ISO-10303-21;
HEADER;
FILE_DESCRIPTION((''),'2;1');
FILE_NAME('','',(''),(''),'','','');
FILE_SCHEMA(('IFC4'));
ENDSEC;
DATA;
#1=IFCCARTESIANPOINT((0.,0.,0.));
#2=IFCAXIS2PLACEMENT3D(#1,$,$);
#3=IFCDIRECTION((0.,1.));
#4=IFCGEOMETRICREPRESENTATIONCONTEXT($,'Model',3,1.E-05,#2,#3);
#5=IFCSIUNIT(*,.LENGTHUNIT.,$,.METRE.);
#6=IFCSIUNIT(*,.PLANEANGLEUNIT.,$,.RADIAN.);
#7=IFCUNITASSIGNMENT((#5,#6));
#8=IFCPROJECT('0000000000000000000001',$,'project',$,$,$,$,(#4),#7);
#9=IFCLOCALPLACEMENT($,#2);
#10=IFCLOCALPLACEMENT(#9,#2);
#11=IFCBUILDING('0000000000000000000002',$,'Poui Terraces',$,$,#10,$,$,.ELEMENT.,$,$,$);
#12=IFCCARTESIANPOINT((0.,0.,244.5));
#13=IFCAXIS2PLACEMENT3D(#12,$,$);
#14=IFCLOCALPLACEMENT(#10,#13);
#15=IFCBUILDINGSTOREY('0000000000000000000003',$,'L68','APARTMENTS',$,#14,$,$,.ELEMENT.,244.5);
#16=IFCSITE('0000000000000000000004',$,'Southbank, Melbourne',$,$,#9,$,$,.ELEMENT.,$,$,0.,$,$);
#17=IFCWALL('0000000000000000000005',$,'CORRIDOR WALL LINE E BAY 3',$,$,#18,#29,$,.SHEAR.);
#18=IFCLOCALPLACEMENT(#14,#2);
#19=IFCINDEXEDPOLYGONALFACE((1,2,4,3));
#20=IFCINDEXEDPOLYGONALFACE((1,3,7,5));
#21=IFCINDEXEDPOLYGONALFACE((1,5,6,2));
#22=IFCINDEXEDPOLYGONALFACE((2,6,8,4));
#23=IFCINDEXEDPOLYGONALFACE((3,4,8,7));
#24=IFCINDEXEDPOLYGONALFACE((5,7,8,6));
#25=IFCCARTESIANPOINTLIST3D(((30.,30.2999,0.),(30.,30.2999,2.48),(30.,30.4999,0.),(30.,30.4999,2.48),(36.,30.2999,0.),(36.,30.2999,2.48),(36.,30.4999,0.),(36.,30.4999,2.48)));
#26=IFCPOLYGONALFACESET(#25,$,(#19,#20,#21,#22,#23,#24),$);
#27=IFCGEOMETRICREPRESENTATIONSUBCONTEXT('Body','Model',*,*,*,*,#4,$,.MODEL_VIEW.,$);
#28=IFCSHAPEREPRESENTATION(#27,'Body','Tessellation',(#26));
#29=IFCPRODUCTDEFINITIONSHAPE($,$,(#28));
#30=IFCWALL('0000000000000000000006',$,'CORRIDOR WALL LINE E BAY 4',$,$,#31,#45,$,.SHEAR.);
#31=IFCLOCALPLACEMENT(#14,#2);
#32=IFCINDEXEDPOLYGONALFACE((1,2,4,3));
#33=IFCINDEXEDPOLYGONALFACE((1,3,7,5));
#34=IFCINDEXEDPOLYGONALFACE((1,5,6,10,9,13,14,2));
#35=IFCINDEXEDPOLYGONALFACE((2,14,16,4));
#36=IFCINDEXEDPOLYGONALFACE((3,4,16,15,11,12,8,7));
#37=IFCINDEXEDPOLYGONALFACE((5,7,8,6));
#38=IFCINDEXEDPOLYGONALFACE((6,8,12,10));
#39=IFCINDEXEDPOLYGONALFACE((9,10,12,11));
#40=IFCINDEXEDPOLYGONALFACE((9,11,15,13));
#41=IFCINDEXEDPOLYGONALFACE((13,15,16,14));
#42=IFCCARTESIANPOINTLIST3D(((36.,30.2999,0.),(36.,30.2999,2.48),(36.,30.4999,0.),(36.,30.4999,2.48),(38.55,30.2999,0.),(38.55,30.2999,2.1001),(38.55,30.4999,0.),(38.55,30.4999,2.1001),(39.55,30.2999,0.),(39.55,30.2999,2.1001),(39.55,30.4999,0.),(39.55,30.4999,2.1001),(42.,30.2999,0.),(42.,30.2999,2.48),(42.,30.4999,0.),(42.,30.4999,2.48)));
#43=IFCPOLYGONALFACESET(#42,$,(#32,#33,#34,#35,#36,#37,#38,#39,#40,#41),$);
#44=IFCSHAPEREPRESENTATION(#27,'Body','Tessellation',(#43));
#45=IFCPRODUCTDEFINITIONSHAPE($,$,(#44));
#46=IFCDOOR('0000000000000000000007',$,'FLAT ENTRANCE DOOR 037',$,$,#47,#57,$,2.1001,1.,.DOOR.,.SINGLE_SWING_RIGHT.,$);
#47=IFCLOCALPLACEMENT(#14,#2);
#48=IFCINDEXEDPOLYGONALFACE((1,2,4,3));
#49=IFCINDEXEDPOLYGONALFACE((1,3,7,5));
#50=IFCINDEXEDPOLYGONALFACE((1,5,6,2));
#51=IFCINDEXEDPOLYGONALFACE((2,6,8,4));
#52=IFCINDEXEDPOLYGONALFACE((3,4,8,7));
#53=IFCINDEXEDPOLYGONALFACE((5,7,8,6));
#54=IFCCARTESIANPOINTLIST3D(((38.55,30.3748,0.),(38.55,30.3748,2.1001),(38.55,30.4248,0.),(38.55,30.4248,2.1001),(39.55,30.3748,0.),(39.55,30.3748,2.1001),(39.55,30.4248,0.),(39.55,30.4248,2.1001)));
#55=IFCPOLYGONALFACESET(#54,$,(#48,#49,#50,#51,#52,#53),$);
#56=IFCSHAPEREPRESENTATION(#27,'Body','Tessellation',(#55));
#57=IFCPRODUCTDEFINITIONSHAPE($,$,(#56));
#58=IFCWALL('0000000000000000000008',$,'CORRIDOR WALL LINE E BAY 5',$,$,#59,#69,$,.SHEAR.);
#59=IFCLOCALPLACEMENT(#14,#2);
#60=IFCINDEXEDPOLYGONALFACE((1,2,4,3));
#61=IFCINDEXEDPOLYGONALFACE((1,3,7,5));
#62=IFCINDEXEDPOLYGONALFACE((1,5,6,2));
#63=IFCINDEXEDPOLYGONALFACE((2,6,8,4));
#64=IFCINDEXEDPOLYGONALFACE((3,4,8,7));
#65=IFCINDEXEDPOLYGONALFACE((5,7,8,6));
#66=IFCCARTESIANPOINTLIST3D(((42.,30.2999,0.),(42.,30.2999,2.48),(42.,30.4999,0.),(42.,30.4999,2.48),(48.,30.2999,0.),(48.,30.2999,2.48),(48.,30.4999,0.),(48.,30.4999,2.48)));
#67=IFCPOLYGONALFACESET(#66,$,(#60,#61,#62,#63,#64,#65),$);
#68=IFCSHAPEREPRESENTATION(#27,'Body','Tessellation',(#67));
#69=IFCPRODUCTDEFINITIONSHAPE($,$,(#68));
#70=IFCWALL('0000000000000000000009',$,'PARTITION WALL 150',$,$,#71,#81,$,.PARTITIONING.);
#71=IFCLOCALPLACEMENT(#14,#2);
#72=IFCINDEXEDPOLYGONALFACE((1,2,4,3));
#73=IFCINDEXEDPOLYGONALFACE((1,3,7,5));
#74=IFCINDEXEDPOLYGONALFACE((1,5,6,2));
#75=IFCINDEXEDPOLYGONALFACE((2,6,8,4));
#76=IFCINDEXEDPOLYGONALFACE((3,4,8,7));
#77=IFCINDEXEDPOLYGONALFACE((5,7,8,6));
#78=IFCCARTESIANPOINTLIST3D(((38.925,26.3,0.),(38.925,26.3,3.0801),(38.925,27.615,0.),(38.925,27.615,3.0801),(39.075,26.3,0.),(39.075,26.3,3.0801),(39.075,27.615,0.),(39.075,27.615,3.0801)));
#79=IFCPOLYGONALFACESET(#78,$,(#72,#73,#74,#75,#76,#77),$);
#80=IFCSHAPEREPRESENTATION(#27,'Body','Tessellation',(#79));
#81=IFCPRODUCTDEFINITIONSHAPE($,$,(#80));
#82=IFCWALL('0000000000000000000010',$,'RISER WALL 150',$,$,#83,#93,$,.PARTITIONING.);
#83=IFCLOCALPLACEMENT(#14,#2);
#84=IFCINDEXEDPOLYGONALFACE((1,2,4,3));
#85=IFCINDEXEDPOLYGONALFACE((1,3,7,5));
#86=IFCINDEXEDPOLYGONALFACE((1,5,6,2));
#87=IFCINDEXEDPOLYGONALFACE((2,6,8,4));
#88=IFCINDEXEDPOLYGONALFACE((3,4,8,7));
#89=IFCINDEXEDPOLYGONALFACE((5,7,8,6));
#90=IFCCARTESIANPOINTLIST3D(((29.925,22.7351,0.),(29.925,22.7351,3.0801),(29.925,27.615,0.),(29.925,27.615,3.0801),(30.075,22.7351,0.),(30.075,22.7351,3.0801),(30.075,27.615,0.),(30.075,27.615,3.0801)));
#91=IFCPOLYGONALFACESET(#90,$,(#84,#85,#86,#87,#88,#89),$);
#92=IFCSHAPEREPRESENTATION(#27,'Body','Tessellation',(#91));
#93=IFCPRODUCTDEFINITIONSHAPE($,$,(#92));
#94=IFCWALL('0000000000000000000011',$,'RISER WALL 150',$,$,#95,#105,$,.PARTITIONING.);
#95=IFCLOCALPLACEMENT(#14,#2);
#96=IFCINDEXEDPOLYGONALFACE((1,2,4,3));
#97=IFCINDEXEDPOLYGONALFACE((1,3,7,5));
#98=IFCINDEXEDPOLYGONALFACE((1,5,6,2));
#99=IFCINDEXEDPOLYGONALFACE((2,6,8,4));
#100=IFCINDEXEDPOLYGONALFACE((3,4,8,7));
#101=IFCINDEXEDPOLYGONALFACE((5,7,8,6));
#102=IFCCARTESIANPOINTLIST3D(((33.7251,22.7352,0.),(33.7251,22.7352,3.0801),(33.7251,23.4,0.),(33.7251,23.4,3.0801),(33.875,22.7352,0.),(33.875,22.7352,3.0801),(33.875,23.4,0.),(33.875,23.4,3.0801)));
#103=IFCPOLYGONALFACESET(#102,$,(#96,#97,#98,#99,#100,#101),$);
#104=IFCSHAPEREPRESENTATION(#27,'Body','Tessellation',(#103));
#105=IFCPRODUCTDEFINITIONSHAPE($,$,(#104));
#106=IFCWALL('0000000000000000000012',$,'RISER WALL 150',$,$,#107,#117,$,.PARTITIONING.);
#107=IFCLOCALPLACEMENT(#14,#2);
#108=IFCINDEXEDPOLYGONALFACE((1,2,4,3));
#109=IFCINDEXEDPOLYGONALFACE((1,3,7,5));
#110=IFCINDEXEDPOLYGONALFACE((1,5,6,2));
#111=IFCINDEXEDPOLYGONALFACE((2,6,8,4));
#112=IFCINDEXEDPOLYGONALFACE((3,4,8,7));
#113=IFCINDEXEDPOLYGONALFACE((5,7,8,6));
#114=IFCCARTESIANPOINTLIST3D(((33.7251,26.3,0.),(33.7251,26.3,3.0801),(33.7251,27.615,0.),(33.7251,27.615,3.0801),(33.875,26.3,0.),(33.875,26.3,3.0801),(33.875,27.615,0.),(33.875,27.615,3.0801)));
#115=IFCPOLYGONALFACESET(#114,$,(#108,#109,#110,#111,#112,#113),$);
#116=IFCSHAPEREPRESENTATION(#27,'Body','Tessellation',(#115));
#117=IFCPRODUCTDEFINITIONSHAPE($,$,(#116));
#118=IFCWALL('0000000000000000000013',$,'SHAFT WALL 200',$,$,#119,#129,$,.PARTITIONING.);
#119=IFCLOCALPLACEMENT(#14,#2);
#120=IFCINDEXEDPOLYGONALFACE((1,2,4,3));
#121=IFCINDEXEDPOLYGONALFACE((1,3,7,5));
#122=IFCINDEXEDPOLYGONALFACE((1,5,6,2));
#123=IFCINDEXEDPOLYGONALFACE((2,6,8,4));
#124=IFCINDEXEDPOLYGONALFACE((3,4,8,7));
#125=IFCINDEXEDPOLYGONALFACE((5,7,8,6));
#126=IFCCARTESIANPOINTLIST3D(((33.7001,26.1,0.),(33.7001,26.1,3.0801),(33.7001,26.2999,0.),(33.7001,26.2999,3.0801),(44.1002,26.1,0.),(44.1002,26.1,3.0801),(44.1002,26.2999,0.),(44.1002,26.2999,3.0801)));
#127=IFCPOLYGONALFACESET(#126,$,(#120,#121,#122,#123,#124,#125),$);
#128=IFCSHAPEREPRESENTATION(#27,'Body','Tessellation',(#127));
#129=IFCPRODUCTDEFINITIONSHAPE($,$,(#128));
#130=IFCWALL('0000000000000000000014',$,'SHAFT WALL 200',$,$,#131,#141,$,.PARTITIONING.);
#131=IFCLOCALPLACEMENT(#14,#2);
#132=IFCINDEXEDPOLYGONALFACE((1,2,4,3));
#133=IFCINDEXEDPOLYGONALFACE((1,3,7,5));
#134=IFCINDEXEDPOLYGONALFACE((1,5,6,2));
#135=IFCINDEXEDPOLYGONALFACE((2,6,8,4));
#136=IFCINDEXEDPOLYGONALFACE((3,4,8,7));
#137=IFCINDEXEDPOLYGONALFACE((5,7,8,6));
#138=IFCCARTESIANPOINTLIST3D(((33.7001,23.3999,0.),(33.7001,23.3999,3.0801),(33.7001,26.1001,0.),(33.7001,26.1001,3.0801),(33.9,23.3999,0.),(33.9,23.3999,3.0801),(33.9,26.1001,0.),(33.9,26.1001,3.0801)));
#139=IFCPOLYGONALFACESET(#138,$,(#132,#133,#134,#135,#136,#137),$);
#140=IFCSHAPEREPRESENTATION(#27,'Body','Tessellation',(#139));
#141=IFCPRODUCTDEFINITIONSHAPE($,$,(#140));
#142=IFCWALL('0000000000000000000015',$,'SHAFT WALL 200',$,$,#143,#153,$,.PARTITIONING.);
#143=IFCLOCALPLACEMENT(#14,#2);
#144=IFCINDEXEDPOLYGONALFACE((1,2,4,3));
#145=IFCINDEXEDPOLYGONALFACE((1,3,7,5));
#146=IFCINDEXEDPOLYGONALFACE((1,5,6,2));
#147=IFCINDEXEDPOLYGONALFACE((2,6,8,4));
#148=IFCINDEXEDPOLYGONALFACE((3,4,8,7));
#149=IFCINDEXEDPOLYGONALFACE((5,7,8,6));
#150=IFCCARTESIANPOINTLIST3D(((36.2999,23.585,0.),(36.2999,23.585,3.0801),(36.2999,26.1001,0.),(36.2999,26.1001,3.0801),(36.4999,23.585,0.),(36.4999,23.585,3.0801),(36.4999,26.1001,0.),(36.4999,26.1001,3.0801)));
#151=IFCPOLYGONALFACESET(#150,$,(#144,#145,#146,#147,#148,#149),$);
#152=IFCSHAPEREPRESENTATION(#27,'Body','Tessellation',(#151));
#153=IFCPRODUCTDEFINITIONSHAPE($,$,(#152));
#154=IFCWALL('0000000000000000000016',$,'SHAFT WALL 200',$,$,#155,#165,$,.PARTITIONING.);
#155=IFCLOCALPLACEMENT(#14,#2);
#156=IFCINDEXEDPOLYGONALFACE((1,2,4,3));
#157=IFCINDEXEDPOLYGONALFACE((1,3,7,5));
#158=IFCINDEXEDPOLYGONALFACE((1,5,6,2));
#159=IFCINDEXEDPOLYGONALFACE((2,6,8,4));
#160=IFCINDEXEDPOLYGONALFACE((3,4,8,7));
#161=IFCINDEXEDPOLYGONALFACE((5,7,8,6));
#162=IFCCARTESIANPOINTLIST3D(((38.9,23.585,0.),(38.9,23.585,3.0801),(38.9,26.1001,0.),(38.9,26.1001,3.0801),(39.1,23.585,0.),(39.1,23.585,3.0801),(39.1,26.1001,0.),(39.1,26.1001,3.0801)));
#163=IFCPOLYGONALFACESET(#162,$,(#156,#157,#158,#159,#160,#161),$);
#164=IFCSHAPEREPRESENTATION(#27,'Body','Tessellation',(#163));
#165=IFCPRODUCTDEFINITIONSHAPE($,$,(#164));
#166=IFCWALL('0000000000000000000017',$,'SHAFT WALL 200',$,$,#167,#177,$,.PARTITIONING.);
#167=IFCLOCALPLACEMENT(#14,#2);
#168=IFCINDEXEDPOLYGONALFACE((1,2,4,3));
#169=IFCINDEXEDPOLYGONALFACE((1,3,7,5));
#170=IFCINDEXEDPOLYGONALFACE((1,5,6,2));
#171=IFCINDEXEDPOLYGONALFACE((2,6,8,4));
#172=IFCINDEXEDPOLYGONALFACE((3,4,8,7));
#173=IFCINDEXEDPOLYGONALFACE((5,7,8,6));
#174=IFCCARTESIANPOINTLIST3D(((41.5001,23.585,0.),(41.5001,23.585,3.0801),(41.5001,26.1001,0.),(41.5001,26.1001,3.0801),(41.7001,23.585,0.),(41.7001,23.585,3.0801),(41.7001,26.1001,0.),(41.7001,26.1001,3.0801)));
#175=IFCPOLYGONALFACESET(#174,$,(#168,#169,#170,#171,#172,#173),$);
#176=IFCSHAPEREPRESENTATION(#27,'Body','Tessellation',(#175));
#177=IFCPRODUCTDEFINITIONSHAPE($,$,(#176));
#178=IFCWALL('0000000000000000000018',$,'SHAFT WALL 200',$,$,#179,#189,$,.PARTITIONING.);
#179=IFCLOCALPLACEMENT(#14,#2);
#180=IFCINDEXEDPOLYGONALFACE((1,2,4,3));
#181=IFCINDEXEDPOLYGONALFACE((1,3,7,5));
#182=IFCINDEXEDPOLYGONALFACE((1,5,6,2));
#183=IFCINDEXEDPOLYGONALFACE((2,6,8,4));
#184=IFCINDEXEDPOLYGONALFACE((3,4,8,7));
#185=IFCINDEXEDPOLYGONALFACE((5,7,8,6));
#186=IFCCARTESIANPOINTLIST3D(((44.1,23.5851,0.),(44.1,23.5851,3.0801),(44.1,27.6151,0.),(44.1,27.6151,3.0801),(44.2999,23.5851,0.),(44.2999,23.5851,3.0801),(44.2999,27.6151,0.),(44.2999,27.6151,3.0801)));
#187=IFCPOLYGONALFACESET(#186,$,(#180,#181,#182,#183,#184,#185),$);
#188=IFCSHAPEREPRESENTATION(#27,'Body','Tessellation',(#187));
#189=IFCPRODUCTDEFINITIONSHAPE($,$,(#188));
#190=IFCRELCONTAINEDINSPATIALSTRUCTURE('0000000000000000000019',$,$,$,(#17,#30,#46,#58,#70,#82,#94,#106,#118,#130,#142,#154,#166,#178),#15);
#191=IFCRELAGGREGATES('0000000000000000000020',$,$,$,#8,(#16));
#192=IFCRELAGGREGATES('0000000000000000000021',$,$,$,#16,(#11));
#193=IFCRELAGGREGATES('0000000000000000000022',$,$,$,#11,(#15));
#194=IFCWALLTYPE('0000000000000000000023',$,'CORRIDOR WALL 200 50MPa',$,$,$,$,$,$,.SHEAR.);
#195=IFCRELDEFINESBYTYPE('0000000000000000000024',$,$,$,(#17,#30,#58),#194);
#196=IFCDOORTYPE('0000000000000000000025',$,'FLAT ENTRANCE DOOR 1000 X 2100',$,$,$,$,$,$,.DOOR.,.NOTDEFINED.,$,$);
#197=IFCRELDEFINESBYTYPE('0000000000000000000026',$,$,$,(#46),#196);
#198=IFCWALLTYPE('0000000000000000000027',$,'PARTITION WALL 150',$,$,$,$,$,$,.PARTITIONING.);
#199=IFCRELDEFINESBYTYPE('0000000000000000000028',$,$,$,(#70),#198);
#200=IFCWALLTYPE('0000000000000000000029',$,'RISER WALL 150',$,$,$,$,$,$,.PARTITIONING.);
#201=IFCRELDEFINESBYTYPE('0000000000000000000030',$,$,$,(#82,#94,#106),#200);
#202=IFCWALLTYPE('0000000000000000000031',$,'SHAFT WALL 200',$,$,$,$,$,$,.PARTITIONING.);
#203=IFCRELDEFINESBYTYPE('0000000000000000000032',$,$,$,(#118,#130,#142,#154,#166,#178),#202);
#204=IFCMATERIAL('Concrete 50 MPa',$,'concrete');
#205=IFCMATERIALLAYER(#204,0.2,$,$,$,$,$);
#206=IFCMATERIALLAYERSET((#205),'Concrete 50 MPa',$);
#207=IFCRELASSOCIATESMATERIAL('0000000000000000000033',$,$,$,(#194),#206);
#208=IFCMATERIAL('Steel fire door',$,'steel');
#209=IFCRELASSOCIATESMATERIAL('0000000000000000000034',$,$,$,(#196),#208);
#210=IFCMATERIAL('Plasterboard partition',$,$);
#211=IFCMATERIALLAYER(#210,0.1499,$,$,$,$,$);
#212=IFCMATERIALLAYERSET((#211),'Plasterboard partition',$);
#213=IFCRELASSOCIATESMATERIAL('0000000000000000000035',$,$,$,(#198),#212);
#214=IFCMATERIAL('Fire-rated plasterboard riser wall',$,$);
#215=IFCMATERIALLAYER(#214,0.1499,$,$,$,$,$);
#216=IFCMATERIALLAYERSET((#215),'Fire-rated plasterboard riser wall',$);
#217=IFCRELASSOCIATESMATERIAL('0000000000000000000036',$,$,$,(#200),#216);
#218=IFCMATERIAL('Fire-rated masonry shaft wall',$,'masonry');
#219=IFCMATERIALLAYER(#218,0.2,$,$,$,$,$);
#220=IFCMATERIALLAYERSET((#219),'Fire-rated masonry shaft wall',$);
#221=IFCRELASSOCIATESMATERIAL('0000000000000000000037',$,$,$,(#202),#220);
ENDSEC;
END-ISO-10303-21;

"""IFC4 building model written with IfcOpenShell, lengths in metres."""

from ifc_helpers import new_model, si_unit, direction, frame, frame_2d, origin, place, context, subcontext, project, spatial, rectangle, extrude, material, layer, layer_set, type_object, element, fill, save


model = new_model("IFC4")

# Units and contexts
model_context = context("Model", 3, precision=1e-05, world=origin(), true_north=direction((0.0, 1.0)))
body_context = subcontext(model_context, "Body", "Model", "MODEL_VIEW")
ifc_project = project(units=[si_unit("LENGTHUNIT", "METRE"), si_unit("PLANEANGLEUNIT", "RADIAN")], contexts=[model_context])

# Site, building, storey
site_placement = place(None, origin())
site = spatial("IfcSite", under=ifc_project, at=site_placement, Name="Southbank, Melbourne", CompositionType="ELEMENT", RefElevation=0.0)
building_placement = place(site_placement, origin())
building = spatial("IfcBuilding", under=site, at=building_placement, Name="Poui Terraces", CompositionType="ELEMENT")
storey_placement = place(building_placement, frame((0.0, 0.0, 244.5)))
storey = spatial("IfcBuildingStorey", under=building, at=storey_placement, Name="L68", Description="APARTMENTS", CompositionType="ELEMENT", Elevation=244.5)

# Shared definitions
ifc_material_1 = material(Name="Concrete 50 MPa", Category="concrete")

# Shared definitions
ifc_material_2 = material(Name="Steel fire door", Category="steel")

# Wall
ifc_layer_1 = layer(ifc_material_1, 0.2)
ifc_layer_set_1 = layer_set([ifc_layer_1], Name="Concrete 50 MPa")
wall_type_1 = type_object("IfcWallType", Name="CORRIDOR WALL 200 50MPa", PredefinedType="SHEAR", material=ifc_layer_set_1)
wall_1_placement = place(storey_placement, frame((30.0, 30.3999, 0.0), z_axis=(0.0, 0.0, 1.0), x_axis=(1.0, 0.0, 0.0)))
element("IfcWall", 1, at=wall_1_placement, inside=storey, type_object=wall_type_1, Name="CORRIDOR WALL LINE E BAY 3", PredefinedType="SHEAR", context=body_context, shape_type="SweptSolid", body=[
    extrude(rectangle(XDim=6.0, YDim=0.2, at=frame_2d((3.0, 0.0))), origin(), (0.0, 0.0, 1.0), 2.48),
])

# Wall, opening, door
wall_2_placement = place(storey_placement, frame((36.0, 30.3999, 0.0), z_axis=(0.0, 0.0, 1.0), x_axis=(1.0, 0.0, 0.0)))
wall_2 = element("IfcWall", 2, at=wall_2_placement, inside=storey, type_object=wall_type_1, Name="CORRIDOR WALL LINE E BAY 4", PredefinedType="SHEAR", context=body_context, shape_type="SweptSolid", body=[
    extrude(rectangle(XDim=6.0, YDim=0.2, at=frame_2d((3.0, 0.0))), origin(), (0.0, 0.0, 1.0), 2.48),
])
opening_1_placement = place(wall_2_placement, frame((2.55, 0.0, 0.0)))
opening_1 = element("IfcOpeningElement", 3, at=opening_1_placement, cuts=wall_2, PredefinedType="OPENING", context=body_context, shape_type="SweptSolid", body=[
    extrude(rectangle(XDim=1.0, YDim=2.1001, at=frame_2d((0.5, 1.05))), frame((0.0, 0.1099, 0.0), z_axis=(0.0, -1.0, 0.0), x_axis=(1.0, 0.0, 0.0)), (0.0, 0.0, 1.0), 0.22),
])
door_type_1 = type_object("IfcDoorType", Name="FLAT ENTRANCE DOOR 1000 X 2100", OperationType="NOTDEFINED", PredefinedType="DOOR", material=ifc_material_2)
door_1_placement = place(opening_1_placement, origin())
door_1 = element("IfcDoor", 4, at=door_1_placement, inside=storey, type_object=door_type_1, Name="FLAT ENTRANCE DOOR 037", OperationType="SINGLE_SWING_RIGHT", OverallHeight=2.1001, OverallWidth=1.0, PredefinedType="DOOR", context=body_context, shape_type="SweptSolid", body=[
    extrude(rectangle(XDim=1.0, YDim=2.1001, at=frame_2d((0.5, 1.05))), frame((0.0, 0.0249, 0.0), z_axis=(0.0, -1.0, 0.0), x_axis=(1.0, 0.0, 0.0)), (0.0, 0.0, 1.0), 0.05),
])
fill(opening_1, door_1)

# Walls
wall_3_placement = place(storey_placement, frame((42.0, 30.3999, 0.0), z_axis=(0.0, 0.0, 1.0), x_axis=(1.0, 0.0, 0.0)))
element("IfcWall", 5, at=wall_3_placement, inside=storey, type_object=wall_type_1, Name="CORRIDOR WALL LINE E BAY 5", PredefinedType="SHEAR", context=body_context, shape_type="SweptSolid", body=[
    extrude(rectangle(XDim=6.0, YDim=0.2, at=frame_2d((3.0, 0.0))), origin(), (0.0, 0.0, 1.0), 2.48),
])
ifc_material_3 = material(Name="Plasterboard partition")
ifc_layer_2 = layer(ifc_material_3, 0.1499)
ifc_layer_set_2 = layer_set([ifc_layer_2], Name="Plasterboard partition")
wall_type_2 = type_object("IfcWallType", Name="PARTITION WALL 150", PredefinedType="PARTITIONING", material=ifc_layer_set_2)
wall_4_placement = place(storey_placement, frame((39.0, 26.3, 0.0), z_axis=(0.0, 0.0, 1.0), x_axis=(0.0, 1.0, 0.0)))
element("IfcWall", 6, at=wall_4_placement, inside=storey, type_object=wall_type_2, Name="PARTITION WALL 150", PredefinedType="PARTITIONING", context=body_context, shape_type="SweptSolid", body=[
    extrude(rectangle(XDim=1.3149, YDim=0.1499, at=frame_2d((0.6575, 0.0))), origin(), (0.0, 0.0, 1.0), 3.0801),
])
ifc_material_4 = material(Name="Fire-rated plasterboard riser wall")
ifc_layer_3 = layer(ifc_material_4, 0.1499)
ifc_layer_set_3 = layer_set([ifc_layer_3], Name="Fire-rated plasterboard riser wall")
wall_type_3 = type_object("IfcWallType", Name="RISER WALL 150", PredefinedType="PARTITIONING", material=ifc_layer_set_3)
wall_5_placement = place(storey_placement, frame((30.0, 22.7351, 0.0), z_axis=(0.0, 0.0, 1.0), x_axis=(0.0, 1.0, 0.0)))
element("IfcWall", 7, at=wall_5_placement, inside=storey, type_object=wall_type_3, Name="RISER WALL 150", PredefinedType="PARTITIONING", context=body_context, shape_type="SweptSolid", body=[
    extrude(rectangle(XDim=4.8799, YDim=0.1499, at=frame_2d((2.4399, 0.0))), origin(), (0.0, 0.0, 1.0), 3.0801),
])
wall_6_placement = place(storey_placement, frame((33.8, 22.7351, 0.0), z_axis=(0.0, 0.0, 1.0), x_axis=(0.0, 1.0, 0.0)))
element("IfcWall", 8, at=wall_6_placement, inside=storey, type_object=wall_type_3, Name="RISER WALL 150", PredefinedType="PARTITIONING", context=body_context, shape_type="SweptSolid", body=[
    extrude(rectangle(XDim=0.6648, YDim=0.1499, at=frame_2d((0.3325, 0.0))), origin(), (0.0, 0.0, 1.0), 3.0801),
])
wall_7_placement = place(storey_placement, frame((33.8, 26.3, 0.0), z_axis=(0.0, 0.0, 1.0), x_axis=(0.0, 1.0, 0.0)))
element("IfcWall", 9, at=wall_7_placement, inside=storey, type_object=wall_type_3, Name="RISER WALL 150", PredefinedType="PARTITIONING", context=body_context, shape_type="SweptSolid", body=[
    extrude(rectangle(XDim=1.3149, YDim=0.1499, at=frame_2d((0.6575, 0.0))), origin(), (0.0, 0.0, 1.0), 3.0801),
])
ifc_material_5 = material(Name="Fire-rated masonry shaft wall", Category="masonry")
ifc_layer_4 = layer(ifc_material_5, 0.2)
ifc_layer_set_4 = layer_set([ifc_layer_4], Name="Fire-rated masonry shaft wall")
wall_type_4 = type_object("IfcWallType", Name="SHAFT WALL 200", PredefinedType="PARTITIONING", material=ifc_layer_set_4)
wall_8_placement = place(storey_placement, frame((33.7, 26.2, 0.0), z_axis=(0.0, 0.0, 1.0), x_axis=(1.0, 0.0, 0.0)))
element("IfcWall", 10, at=wall_8_placement, inside=storey, type_object=wall_type_4, Name="SHAFT WALL 200", PredefinedType="PARTITIONING", context=body_context, shape_type="SweptSolid", body=[
    extrude(rectangle(XDim=10.4001, YDim=0.2, at=frame_2d((5.2002, 0.0))), origin(), (0.0, 0.0, 1.0), 3.0801),
])
wall_9_placement = place(storey_placement, frame((33.8, 23.3999, 0.0), z_axis=(0.0, 0.0, 1.0), x_axis=(0.0, 1.0, 0.0)))
element("IfcWall", 11, at=wall_9_placement, inside=storey, type_object=wall_type_4, Name="SHAFT WALL 200", PredefinedType="PARTITIONING", context=body_context, shape_type="SweptSolid", body=[
    extrude(rectangle(XDim=2.7002, YDim=0.2, at=frame_2d((1.3501, 0.0))), origin(), (0.0, 0.0, 1.0), 3.0801),
])
for number, where, z_axis, x_axis, name in (
    (12, (36.3999, 23.585, 0.0), (0.0, 0.0, 1.0), (0.0, 1.0, 0.0), "SHAFT WALL 200"),
    (13, (39.0, 23.585, 0.0), (0.0, 0.0, 1.0), (0.0, 1.0, 0.0), "SHAFT WALL 200"),
    (14, (41.6001, 23.585, 0.0), (0.0, 0.0, 1.0), (0.0, 1.0, 0.0), "SHAFT WALL 200"),
):
    element("IfcWall", number, at=place(storey_placement, frame(where, z_axis=z_axis, x_axis=x_axis)), inside=storey, type_object=wall_type_4, Name=name, PredefinedType="PARTITIONING", context=body_context, shape_type="SweptSolid", body=[
        extrude(rectangle(XDim=2.5151, YDim=0.2, at=frame_2d((1.2576, 0.0))), origin(), (0.0, 0.0, 1.0), 3.0801),
    ])
for number, where, z_axis, x_axis, name in (
    (15, (44.2, 23.585, 0.0), (0.0, 0.0, 1.0), (0.0, 1.0, 0.0), "SHAFT WALL 200"),
):
    element("IfcWall", number, at=place(storey_placement, frame(where, z_axis=z_axis, x_axis=x_axis)), inside=storey, type_object=wall_type_4, Name=name, PredefinedType="PARTITIONING", context=body_context, shape_type="SweptSolid", body=[
        extrude(rectangle(XDim=4.03, YDim=0.2, at=frame_2d((2.0151, 0.0))), origin(), (0.0, 0.0, 1.0), 3.0801),
    ])

save(model, "model.ifc")
